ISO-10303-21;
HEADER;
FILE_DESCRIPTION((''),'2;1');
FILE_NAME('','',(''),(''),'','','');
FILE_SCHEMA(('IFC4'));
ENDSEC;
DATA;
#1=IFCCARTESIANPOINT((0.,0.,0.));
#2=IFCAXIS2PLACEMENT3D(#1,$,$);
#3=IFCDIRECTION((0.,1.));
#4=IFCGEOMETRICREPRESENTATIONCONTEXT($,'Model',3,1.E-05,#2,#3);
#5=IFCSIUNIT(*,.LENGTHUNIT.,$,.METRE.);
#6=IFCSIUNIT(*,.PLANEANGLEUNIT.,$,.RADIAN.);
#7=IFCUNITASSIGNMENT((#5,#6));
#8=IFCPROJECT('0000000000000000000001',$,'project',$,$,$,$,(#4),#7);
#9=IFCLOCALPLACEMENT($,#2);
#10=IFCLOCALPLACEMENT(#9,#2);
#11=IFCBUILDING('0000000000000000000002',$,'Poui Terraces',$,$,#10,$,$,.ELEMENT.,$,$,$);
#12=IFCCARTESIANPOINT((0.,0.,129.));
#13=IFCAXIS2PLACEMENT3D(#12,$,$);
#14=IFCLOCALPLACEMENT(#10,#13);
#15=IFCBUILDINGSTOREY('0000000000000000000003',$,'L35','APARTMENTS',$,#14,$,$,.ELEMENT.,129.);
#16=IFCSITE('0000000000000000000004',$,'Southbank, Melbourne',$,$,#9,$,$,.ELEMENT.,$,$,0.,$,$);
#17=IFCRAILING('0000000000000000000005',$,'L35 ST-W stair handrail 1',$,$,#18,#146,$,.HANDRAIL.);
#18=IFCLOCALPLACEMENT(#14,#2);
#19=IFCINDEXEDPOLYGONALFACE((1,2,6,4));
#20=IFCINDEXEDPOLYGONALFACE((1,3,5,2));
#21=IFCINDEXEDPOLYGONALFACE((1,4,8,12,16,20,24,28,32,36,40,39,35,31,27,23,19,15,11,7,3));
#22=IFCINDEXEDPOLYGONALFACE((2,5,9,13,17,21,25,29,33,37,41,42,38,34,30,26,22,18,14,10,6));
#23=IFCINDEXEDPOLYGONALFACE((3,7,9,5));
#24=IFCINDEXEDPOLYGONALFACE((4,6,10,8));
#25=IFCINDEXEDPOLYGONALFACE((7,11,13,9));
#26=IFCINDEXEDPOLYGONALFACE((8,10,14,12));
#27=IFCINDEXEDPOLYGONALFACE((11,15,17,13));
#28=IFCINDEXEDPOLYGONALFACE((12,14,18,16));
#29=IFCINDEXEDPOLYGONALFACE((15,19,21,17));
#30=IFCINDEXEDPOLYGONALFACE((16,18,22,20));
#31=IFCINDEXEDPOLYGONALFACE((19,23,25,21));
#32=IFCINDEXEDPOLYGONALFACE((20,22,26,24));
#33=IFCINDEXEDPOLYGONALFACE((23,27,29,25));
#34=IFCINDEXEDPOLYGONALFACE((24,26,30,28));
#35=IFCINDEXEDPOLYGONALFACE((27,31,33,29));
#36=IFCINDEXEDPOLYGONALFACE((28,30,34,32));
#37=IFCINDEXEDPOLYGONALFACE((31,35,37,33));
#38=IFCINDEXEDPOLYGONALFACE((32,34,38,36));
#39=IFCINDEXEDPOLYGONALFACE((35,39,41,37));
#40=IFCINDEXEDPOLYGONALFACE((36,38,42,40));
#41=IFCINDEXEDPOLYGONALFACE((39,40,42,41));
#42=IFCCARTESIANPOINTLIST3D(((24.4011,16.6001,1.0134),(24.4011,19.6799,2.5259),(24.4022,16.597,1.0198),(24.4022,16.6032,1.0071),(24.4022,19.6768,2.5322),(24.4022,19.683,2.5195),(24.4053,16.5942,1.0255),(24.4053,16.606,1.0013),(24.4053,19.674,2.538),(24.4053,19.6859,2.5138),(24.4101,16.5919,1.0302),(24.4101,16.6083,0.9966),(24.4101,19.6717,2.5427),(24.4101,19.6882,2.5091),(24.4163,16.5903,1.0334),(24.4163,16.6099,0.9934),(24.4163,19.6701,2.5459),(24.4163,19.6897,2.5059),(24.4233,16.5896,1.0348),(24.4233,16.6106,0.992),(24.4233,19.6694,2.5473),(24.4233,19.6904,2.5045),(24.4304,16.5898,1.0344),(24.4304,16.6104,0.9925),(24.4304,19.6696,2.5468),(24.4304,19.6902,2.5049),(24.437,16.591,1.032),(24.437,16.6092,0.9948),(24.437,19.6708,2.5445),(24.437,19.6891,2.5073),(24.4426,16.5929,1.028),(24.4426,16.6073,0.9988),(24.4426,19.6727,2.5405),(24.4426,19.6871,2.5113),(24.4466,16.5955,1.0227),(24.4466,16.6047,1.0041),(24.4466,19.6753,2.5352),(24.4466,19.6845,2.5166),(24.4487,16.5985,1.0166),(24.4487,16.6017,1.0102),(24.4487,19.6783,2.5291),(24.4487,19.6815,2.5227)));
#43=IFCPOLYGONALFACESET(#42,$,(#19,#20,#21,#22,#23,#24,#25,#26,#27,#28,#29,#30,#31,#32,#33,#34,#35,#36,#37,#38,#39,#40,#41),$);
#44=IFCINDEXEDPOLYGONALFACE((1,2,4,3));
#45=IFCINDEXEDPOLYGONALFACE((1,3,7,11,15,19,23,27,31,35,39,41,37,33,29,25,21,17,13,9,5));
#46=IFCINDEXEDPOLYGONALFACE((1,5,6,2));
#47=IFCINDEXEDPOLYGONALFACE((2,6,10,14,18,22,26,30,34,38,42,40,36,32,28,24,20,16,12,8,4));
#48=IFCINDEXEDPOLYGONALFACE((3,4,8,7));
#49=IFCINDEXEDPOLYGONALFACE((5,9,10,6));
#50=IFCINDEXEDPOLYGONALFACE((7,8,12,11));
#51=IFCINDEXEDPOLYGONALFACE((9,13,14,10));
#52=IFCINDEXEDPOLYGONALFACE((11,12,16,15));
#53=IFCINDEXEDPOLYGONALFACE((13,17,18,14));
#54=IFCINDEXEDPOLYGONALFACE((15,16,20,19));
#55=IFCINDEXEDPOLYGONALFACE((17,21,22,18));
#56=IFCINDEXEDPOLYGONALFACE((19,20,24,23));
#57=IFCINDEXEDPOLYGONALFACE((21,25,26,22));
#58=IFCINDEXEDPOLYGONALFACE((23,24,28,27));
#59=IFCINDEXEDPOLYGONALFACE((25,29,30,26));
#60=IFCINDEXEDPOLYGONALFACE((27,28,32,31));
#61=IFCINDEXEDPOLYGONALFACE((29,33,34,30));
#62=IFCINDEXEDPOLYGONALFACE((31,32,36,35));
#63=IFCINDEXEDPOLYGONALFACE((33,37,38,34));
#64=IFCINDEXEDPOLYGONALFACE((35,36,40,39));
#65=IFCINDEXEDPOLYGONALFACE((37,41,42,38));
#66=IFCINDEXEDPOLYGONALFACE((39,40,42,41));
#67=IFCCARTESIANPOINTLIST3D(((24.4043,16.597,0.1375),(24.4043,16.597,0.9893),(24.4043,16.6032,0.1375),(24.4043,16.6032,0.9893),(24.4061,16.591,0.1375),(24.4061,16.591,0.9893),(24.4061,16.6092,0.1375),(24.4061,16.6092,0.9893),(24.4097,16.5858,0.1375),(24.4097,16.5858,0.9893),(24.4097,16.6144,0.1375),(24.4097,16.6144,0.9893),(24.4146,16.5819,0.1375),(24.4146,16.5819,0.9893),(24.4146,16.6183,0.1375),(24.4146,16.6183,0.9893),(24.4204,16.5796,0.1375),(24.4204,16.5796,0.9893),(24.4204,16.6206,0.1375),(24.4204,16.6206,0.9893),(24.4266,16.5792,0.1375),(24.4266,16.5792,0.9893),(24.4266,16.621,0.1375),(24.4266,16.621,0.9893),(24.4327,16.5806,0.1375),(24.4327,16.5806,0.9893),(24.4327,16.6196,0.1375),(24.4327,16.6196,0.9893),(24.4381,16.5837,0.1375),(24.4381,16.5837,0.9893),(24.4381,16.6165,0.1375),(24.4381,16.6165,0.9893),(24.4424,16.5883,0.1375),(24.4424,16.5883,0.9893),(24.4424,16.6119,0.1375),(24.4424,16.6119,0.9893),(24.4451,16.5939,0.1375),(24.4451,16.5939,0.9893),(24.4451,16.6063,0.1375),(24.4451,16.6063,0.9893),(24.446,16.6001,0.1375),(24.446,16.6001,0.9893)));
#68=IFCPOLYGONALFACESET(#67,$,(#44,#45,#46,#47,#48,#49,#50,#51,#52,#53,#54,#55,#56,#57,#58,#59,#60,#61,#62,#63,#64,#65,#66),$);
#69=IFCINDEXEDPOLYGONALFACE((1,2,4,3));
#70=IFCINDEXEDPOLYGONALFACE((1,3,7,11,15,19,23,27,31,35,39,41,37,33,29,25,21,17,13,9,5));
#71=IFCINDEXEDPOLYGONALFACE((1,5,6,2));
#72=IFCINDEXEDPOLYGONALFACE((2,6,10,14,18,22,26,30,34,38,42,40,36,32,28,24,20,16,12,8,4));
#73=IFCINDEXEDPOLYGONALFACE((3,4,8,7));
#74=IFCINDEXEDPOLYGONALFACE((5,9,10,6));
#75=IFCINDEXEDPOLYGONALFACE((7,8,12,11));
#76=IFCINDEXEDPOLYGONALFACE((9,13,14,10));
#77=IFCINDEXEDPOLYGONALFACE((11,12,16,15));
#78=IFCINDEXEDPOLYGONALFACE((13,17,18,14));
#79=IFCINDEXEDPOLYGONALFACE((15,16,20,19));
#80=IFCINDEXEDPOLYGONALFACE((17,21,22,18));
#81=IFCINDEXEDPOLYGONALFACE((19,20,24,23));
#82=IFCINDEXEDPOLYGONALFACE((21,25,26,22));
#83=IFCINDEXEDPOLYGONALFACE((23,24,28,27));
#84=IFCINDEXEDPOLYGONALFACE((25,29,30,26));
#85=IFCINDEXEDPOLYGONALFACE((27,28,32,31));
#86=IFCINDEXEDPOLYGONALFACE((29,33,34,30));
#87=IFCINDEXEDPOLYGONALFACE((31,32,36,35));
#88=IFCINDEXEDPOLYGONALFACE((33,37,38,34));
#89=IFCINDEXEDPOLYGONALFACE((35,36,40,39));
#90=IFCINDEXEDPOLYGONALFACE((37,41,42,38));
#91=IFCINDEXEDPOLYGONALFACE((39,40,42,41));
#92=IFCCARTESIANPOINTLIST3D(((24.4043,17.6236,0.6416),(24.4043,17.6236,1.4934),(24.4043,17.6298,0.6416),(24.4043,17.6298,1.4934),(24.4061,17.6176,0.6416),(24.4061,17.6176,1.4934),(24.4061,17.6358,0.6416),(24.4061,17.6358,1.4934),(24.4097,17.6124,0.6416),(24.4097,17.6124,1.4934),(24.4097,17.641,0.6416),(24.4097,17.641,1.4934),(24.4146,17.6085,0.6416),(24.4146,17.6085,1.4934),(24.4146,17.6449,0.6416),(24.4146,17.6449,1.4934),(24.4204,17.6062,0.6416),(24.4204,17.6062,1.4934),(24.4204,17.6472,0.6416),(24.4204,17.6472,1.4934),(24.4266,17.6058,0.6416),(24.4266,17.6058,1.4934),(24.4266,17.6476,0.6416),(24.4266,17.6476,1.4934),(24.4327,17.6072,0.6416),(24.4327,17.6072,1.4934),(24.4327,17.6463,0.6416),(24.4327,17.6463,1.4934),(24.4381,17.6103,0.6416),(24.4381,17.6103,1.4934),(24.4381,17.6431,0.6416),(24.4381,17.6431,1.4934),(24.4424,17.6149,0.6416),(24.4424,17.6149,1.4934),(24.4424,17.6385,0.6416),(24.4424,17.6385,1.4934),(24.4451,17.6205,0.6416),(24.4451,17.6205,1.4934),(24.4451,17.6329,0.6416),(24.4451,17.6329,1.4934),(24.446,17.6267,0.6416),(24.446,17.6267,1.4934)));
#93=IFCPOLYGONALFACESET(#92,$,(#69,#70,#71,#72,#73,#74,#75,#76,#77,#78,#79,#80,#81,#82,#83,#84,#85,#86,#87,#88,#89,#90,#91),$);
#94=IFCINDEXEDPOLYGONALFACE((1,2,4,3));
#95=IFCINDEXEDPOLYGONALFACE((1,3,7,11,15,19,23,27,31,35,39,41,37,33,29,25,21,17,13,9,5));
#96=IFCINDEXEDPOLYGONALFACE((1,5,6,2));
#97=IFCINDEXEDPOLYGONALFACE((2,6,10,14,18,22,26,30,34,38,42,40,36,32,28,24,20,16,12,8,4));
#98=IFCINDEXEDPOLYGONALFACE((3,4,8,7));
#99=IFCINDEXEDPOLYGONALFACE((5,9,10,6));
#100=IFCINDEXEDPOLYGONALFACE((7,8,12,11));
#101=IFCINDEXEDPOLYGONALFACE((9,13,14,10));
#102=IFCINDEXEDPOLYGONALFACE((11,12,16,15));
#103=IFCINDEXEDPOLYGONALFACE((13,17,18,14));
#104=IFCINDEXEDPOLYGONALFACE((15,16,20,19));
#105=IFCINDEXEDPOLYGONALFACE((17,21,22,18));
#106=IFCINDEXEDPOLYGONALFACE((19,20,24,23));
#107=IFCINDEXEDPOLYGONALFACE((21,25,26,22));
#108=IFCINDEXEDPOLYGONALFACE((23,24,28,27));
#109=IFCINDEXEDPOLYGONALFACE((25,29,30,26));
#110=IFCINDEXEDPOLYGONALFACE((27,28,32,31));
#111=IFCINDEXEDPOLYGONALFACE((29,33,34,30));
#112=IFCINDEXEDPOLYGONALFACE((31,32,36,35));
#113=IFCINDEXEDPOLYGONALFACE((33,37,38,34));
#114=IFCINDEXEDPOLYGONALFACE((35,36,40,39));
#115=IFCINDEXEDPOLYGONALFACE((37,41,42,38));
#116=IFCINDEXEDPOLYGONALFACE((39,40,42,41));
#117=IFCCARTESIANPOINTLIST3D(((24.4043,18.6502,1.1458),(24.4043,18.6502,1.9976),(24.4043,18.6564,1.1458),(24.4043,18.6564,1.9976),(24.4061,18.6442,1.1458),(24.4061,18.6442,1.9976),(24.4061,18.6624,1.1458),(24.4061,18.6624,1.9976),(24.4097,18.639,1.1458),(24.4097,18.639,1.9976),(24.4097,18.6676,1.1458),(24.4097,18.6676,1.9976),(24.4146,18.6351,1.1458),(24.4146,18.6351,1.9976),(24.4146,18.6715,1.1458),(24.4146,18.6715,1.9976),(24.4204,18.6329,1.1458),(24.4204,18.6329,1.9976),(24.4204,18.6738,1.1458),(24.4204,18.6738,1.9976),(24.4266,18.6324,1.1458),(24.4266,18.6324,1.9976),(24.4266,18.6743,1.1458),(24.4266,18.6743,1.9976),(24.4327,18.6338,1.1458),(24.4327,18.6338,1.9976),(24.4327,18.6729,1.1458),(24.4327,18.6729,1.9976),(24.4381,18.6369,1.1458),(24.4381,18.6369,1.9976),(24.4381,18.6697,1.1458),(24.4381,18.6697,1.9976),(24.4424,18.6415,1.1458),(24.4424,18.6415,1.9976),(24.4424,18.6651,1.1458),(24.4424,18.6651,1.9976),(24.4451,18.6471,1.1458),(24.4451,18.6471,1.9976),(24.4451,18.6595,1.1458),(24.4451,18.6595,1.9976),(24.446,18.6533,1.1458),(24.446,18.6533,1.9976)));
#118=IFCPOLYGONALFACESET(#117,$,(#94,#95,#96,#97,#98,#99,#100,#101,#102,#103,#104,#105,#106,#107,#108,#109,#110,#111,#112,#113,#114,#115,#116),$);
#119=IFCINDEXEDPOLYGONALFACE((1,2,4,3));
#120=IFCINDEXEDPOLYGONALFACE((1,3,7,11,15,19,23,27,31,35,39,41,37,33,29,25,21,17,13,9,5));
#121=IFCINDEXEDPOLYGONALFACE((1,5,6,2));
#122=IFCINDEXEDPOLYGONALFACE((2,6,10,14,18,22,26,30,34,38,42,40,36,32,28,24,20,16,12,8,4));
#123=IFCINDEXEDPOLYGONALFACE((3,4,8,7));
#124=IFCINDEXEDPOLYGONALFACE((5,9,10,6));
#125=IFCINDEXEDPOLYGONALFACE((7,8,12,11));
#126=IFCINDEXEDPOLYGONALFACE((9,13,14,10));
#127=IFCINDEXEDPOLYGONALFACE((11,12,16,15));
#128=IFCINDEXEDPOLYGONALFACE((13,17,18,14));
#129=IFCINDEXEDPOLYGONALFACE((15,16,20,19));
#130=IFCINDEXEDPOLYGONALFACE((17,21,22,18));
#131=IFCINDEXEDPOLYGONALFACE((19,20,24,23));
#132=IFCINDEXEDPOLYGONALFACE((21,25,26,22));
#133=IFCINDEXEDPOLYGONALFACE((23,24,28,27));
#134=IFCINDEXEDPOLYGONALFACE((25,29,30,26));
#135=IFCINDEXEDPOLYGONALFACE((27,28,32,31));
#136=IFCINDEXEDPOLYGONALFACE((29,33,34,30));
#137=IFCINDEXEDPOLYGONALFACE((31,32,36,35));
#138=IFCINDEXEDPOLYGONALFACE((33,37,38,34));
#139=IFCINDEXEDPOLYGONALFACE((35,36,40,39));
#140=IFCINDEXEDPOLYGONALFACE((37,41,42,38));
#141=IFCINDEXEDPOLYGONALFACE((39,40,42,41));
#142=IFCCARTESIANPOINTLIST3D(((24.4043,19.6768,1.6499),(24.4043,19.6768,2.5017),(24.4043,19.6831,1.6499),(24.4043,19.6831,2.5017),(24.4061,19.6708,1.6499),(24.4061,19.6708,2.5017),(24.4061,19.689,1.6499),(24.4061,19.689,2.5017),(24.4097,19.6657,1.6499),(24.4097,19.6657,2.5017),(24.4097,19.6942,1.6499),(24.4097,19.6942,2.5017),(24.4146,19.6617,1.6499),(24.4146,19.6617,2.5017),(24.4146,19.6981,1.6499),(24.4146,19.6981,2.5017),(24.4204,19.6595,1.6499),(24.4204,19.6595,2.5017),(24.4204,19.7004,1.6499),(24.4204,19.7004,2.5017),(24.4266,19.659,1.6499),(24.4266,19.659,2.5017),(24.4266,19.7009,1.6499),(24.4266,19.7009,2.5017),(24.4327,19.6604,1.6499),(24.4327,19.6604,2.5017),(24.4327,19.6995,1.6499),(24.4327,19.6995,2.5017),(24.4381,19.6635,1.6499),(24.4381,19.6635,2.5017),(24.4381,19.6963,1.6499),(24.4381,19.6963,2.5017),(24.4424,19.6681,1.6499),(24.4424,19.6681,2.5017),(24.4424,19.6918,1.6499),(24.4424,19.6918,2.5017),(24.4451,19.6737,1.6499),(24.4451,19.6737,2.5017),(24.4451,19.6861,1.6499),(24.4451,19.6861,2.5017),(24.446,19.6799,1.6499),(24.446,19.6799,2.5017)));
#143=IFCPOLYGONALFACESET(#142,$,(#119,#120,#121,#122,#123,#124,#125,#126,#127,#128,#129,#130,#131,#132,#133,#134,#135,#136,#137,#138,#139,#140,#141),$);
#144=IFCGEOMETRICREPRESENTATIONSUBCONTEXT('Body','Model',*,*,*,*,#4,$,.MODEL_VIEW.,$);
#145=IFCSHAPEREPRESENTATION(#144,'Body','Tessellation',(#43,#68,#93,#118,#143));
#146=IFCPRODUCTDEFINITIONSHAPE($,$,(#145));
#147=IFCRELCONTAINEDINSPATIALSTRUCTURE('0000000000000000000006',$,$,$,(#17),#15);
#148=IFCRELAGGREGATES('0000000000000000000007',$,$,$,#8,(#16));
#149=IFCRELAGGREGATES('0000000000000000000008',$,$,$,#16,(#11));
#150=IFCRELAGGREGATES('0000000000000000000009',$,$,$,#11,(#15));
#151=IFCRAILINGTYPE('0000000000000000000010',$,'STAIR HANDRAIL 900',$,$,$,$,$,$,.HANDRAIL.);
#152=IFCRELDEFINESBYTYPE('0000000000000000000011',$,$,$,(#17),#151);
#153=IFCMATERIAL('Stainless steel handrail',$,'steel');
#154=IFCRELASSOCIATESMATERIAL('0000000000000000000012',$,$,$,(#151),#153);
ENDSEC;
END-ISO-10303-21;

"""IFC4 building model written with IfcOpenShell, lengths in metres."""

from ifc_helpers import new_model, si_unit, direction, frame, origin, origin_2d, place, context, subcontext, project, spatial, circle, extrude, material, type_object, element, save


model = new_model("IFC4")

# Units and contexts
model_context = context("Model", 3, precision=1e-05, world=origin(), true_north=direction((0.0, 1.0)))
body_context = subcontext(model_context, "Body", "Model", "MODEL_VIEW")
ifc_project = project(units=[si_unit("LENGTHUNIT", "METRE"), si_unit("PLANEANGLEUNIT", "RADIAN")], contexts=[model_context])

# Site, building, storey
site_placement = place(None, origin())
site = spatial("IfcSite", under=ifc_project, at=site_placement, Name="Southbank, Melbourne", CompositionType="ELEMENT", RefElevation=0.0)
building_placement = place(site_placement, origin())
building = spatial("IfcBuilding", under=site, at=building_placement, Name="Poui Terraces", CompositionType="ELEMENT")
storey_placement = place(building_placement, frame((0.0, 0.0, 129.0)))
storey = spatial("IfcBuildingStorey", under=building, at=storey_placement, Name="L35", Description="APARTMENTS", CompositionType="ELEMENT", Elevation=129.0)

# Railing
ifc_material_1 = material(Name="Stainless steel handrail", Category="steel")
railing_type_1 = type_object("IfcRailingType", Name="STAIR HANDRAIL 900", PredefinedType="HANDRAIL", material=ifc_material_1)
railing_1_placement = place(storey_placement, frame((24.425, 16.6001, 0.1375)))
element("IfcRailing", 1, at=railing_1_placement, inside=storey, type_object=railing_type_1, Name="L35 ST-W stair handrail 1", PredefinedType="HANDRAIL", context=body_context, shape_type="SweptSolid", body=[
    extrude(circle(Radius=0.0239, at=origin_2d()), frame((0.0, 0.0, 0.876), z_axis=(0.0, 0.897606, 0.440798), x_axis=(-1.0, 0.0, 0.0)), (0.0, 0.0, 1.0), 3.4312),
    extrude(circle(Radius=0.021, at=origin_2d()), origin(), (0.0, 0.0, 1.0), 0.8518),
    extrude(circle(Radius=0.021, at=origin_2d()), frame((0.0, 1.0266, 0.5042)), (0.0, 0.0, 1.0), 0.8518),
    extrude(circle(Radius=0.021, at=origin_2d()), frame((0.0, 2.0532, 1.0083)), (0.0, 0.0, 1.0), 0.8518),
    extrude(circle(Radius=0.021, at=origin_2d()), frame((0.0, 3.0798, 1.5125)), (0.0, 0.0, 1.0), 0.8518),
])

save(model, "model.ifc")
